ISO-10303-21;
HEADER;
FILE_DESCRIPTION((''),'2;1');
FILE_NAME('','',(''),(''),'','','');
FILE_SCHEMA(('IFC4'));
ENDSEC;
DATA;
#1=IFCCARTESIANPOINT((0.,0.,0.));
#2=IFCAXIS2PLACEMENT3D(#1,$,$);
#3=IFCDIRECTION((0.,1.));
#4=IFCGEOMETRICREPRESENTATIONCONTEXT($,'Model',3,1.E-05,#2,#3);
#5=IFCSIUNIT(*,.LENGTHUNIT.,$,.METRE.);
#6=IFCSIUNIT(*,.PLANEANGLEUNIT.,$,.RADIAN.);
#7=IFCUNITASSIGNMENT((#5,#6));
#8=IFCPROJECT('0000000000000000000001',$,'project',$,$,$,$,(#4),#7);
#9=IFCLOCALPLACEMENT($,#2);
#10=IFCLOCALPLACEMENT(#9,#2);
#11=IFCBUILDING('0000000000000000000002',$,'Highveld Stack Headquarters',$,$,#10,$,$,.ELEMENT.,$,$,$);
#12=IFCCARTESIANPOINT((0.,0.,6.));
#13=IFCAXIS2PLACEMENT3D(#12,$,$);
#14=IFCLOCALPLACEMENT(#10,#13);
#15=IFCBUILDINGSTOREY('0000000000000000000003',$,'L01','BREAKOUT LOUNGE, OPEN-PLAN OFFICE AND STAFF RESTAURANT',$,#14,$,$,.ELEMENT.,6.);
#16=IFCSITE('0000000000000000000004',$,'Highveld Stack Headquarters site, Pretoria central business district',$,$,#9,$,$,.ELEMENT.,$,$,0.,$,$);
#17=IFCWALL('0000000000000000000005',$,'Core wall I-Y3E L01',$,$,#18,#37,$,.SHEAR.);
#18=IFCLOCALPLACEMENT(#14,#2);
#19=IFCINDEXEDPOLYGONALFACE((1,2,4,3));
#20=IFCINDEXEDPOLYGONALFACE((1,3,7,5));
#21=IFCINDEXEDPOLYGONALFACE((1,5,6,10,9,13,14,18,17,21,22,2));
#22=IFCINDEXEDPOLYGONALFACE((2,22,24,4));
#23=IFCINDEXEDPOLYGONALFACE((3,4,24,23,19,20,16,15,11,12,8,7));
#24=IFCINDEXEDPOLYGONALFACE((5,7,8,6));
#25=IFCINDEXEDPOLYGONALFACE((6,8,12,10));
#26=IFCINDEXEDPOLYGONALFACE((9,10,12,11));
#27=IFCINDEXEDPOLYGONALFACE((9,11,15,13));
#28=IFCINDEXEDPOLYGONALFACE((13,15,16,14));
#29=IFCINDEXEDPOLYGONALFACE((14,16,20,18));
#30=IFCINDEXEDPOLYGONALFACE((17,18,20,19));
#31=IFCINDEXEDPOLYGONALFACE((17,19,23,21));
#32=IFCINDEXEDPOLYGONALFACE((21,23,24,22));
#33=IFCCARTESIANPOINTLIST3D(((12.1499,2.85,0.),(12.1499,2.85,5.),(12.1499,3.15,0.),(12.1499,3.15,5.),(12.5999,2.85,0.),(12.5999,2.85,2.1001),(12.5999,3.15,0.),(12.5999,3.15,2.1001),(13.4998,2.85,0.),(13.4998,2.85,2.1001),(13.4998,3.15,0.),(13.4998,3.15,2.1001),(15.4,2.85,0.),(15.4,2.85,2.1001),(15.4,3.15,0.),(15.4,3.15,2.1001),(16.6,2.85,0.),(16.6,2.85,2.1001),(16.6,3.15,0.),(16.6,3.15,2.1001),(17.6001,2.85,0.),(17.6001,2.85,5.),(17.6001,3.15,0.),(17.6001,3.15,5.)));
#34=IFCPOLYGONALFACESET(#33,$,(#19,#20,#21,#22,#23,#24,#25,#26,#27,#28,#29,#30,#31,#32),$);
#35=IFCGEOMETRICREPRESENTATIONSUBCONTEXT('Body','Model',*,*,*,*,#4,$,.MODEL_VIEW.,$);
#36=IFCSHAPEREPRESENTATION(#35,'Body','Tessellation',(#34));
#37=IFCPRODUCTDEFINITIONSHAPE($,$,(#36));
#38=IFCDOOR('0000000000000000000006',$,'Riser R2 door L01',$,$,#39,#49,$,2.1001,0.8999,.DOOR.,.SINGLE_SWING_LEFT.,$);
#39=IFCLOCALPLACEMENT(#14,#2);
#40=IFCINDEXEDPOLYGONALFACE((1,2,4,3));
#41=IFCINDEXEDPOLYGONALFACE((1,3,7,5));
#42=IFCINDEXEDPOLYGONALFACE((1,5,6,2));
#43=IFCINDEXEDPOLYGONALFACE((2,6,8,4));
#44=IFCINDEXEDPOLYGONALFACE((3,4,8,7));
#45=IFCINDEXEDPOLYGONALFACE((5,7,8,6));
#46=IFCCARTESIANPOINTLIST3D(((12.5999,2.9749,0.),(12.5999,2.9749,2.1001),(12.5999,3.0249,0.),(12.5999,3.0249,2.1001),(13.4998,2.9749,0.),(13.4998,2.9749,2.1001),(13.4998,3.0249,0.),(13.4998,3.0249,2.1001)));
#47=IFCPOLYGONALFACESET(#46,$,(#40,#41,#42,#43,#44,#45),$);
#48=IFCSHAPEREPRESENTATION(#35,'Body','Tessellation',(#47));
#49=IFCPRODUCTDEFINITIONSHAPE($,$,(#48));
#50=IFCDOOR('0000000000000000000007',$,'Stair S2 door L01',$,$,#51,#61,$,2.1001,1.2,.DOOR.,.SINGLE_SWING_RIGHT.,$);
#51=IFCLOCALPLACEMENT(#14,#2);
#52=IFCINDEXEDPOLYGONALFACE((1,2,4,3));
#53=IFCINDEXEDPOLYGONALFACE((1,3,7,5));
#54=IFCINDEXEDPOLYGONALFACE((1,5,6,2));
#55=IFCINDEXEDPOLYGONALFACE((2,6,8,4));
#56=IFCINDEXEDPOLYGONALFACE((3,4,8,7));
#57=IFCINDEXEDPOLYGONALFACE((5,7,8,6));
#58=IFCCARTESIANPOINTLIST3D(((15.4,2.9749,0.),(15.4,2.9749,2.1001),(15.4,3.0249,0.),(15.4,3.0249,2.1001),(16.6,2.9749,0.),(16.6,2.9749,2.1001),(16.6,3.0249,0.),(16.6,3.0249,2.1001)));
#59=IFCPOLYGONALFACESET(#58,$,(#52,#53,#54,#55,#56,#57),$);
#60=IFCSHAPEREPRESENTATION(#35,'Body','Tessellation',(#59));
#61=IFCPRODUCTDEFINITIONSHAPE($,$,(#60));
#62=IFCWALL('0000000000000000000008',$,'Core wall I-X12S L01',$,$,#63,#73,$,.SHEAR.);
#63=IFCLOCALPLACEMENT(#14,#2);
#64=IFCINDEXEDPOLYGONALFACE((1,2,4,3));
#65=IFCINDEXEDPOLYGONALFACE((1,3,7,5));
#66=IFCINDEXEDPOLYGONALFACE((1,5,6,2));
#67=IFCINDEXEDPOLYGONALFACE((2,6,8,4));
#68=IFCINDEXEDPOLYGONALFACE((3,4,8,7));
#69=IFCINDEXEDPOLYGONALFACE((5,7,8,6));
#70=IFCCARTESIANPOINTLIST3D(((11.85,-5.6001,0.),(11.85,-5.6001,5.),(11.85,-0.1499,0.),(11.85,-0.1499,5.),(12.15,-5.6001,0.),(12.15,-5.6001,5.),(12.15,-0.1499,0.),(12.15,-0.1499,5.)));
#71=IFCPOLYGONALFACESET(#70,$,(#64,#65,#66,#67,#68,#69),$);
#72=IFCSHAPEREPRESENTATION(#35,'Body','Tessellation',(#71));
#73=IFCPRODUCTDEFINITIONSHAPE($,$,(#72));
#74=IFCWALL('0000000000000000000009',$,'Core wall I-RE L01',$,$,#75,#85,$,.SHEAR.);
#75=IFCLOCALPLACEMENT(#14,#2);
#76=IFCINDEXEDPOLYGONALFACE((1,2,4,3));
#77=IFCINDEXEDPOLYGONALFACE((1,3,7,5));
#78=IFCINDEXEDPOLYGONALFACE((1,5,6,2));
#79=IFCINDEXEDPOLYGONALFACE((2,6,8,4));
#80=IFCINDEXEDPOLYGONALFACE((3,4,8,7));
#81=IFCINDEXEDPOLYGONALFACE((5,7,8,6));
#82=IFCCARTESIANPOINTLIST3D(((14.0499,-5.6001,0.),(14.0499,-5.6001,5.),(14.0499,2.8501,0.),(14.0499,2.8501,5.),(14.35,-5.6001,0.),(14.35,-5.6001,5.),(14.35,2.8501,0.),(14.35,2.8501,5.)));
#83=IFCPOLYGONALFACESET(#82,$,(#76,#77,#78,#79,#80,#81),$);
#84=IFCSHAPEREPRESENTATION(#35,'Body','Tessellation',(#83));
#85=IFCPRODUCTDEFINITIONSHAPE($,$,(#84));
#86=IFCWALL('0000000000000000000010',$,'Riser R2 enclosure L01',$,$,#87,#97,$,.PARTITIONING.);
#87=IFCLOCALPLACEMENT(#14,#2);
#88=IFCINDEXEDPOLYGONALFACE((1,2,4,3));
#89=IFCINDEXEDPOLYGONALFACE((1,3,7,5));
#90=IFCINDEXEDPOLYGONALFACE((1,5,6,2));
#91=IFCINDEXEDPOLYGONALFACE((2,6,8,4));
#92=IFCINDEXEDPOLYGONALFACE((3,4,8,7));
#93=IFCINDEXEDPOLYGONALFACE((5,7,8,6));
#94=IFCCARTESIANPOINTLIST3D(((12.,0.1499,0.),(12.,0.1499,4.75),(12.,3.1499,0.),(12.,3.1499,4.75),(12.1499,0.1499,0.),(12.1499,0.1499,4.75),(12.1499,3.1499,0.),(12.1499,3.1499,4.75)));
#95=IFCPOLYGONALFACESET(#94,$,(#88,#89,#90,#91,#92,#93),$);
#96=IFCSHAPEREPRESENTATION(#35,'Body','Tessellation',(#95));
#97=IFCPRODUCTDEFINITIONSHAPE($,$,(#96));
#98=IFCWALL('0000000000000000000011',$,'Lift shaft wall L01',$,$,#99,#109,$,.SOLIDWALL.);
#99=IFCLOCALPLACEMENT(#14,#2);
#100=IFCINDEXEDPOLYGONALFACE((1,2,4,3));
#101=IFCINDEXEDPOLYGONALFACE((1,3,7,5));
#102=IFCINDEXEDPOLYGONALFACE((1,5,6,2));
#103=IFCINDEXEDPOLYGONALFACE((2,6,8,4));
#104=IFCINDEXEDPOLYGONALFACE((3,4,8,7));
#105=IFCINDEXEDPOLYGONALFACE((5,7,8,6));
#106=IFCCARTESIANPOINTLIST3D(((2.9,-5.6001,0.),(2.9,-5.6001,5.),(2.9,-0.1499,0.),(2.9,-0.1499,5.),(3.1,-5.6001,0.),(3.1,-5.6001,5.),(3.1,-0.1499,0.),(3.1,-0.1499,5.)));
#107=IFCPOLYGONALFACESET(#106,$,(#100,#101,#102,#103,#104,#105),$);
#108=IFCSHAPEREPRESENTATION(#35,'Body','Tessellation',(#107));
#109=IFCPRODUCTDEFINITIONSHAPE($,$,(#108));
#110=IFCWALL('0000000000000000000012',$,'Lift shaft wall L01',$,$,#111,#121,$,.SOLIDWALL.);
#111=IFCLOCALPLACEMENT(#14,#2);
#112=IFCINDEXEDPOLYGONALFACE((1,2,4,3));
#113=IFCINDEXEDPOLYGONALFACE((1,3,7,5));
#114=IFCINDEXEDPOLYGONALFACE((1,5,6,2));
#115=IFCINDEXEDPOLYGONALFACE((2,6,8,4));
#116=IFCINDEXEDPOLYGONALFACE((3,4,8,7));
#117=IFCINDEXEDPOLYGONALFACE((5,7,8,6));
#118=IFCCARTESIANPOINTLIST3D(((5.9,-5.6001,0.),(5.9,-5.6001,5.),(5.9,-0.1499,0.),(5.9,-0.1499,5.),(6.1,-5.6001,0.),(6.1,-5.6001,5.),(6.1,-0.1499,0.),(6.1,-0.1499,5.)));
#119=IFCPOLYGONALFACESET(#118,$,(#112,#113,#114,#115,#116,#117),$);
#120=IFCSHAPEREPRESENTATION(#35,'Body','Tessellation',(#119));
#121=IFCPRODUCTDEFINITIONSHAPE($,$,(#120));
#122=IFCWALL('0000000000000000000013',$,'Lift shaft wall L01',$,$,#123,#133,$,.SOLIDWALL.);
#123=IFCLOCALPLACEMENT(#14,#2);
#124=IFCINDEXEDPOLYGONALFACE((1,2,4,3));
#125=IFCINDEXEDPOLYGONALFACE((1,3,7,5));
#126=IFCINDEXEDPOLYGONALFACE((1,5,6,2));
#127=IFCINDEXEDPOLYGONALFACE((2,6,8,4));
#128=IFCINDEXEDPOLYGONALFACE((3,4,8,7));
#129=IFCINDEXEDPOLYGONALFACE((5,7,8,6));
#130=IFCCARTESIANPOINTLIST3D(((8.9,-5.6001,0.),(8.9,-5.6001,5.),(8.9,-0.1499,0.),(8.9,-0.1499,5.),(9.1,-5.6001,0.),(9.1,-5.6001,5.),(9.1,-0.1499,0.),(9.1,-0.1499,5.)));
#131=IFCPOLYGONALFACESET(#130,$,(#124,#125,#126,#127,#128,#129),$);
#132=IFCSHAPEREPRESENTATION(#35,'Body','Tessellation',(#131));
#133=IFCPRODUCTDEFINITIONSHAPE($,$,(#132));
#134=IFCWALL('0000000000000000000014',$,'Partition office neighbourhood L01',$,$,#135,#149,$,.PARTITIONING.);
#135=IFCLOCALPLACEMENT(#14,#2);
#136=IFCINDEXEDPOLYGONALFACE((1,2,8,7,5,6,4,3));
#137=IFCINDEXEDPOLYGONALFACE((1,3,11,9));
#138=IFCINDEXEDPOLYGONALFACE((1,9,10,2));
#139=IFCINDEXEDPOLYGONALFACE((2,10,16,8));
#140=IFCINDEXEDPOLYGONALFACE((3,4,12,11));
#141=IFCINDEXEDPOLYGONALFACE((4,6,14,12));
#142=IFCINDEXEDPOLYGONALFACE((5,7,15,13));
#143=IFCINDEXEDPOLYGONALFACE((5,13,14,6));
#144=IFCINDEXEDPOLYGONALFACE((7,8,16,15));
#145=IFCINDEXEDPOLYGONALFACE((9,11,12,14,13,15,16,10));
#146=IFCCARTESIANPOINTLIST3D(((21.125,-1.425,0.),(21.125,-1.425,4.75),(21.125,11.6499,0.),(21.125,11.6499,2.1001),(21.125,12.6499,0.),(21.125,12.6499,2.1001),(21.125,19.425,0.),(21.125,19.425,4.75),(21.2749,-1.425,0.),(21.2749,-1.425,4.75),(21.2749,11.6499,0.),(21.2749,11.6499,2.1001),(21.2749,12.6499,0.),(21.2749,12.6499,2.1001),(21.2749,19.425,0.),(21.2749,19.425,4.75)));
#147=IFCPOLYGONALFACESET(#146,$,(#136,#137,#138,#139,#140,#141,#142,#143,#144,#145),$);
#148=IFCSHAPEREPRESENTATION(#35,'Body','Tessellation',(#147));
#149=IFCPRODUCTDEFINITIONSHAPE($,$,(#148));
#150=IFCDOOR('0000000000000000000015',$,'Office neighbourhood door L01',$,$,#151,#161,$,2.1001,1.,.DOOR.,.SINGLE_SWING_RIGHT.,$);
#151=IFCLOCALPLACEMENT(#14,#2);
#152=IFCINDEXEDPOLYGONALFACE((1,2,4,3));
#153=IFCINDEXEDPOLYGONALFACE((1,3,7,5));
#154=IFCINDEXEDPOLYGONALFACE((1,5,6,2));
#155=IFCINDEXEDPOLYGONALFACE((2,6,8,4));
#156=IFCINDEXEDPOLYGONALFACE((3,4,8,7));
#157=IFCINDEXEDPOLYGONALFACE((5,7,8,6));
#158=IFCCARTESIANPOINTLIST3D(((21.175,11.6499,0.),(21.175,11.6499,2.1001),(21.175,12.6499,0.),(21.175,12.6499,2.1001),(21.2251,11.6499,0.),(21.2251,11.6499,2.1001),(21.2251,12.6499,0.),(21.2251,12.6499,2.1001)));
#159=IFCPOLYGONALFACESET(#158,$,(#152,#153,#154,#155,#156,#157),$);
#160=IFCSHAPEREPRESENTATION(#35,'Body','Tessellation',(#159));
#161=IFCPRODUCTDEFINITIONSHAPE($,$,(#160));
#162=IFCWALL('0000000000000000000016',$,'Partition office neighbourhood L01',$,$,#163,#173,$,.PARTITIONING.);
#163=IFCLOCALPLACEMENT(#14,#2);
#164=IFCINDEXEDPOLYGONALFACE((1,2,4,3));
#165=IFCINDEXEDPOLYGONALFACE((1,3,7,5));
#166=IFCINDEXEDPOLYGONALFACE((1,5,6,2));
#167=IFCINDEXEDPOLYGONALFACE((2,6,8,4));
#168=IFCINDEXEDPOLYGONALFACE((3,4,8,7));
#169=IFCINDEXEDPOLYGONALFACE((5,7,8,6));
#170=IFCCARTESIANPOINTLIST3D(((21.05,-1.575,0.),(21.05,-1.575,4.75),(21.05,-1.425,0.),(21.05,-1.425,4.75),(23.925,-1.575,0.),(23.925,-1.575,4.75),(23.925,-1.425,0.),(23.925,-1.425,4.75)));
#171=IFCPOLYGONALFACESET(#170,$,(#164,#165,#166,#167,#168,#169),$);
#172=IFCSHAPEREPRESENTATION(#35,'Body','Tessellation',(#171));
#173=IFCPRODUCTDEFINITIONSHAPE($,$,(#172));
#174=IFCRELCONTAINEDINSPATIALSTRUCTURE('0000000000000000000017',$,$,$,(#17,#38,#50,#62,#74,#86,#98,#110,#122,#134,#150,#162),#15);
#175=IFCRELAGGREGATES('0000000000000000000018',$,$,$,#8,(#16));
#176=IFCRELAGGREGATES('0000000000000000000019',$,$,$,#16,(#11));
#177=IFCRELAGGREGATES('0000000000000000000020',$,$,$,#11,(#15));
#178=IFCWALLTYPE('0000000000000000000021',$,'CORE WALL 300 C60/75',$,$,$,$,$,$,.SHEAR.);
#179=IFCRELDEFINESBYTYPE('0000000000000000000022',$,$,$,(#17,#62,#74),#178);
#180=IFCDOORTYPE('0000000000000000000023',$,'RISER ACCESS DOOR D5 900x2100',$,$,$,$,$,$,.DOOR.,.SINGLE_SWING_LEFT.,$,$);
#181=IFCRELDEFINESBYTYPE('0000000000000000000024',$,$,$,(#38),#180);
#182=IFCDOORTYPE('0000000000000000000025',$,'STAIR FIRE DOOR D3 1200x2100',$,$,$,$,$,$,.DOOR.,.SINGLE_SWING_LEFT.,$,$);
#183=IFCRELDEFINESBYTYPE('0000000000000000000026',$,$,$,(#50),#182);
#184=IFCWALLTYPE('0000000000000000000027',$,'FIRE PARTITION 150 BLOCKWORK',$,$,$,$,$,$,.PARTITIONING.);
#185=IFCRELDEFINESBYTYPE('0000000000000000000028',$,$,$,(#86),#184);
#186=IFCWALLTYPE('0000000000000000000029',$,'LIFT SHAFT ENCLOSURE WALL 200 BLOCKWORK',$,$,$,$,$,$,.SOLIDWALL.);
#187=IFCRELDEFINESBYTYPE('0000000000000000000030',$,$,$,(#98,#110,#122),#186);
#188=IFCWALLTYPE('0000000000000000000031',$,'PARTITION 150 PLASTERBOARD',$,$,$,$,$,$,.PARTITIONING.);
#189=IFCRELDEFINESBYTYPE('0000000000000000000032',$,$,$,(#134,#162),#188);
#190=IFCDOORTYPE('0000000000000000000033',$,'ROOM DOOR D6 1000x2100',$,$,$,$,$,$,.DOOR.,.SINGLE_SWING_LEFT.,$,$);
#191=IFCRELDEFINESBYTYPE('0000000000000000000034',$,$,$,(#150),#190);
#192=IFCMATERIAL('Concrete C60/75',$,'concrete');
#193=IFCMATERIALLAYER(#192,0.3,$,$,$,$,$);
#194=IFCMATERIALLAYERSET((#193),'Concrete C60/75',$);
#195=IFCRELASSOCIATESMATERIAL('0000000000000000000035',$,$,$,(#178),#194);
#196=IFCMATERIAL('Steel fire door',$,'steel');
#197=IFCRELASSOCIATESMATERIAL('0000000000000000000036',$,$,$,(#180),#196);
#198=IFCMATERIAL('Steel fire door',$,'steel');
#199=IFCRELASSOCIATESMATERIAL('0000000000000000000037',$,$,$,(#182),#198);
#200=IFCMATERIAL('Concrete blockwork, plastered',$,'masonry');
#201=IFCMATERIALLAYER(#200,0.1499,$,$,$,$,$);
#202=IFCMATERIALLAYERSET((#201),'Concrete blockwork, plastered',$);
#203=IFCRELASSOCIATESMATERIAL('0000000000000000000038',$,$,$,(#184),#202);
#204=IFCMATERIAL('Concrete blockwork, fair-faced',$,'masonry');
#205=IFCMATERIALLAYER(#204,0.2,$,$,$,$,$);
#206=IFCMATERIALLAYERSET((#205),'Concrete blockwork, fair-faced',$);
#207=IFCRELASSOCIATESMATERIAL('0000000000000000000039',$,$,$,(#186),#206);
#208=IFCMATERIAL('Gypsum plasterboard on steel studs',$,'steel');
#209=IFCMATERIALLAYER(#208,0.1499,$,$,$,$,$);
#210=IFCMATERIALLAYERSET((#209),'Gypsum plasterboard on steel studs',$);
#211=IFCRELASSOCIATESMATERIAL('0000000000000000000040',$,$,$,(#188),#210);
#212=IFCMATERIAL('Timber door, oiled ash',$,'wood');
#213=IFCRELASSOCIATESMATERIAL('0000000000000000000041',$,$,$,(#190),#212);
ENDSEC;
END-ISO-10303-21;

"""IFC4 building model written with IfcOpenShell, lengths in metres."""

from ifc_helpers import new_model, si_unit, direction, frame, frame_2d, origin, place, context, subcontext, project, spatial, rectangle, extrude, material, layer, layer_set, type_object, element, fill, save


model = new_model("IFC4")

# Units and contexts
model_context = context("Model", 3, precision=1e-05, world=origin(), true_north=direction((0.0, 1.0)))
body_context = subcontext(model_context, "Body", "Model", "MODEL_VIEW")
ifc_project = project(units=[si_unit("LENGTHUNIT", "METRE"), si_unit("PLANEANGLEUNIT", "RADIAN")], contexts=[model_context])

# Site, building, storey
site_placement = place(None, origin())
site = spatial("IfcSite", under=ifc_project, at=site_placement, Name="Highveld Stack Headquarters site, Pretoria central business district", CompositionType="ELEMENT", RefElevation=0.0)
building_placement = place(site_placement, origin())
building = spatial("IfcBuilding", under=site, at=building_placement, Name="Highveld Stack Headquarters", CompositionType="ELEMENT")
storey_placement = place(building_placement, frame((0.0, 0.0, 6.0)))
storey = spatial("IfcBuildingStorey", under=building, at=storey_placement, Name="L01", Description="BREAKOUT LOUNGE, OPEN-PLAN OFFICE AND STAFF RESTAURANT", CompositionType="ELEMENT", Elevation=6.0)

# Wall, openings, doors
ifc_material_1 = material(Name="Concrete C60/75", Category="concrete")
ifc_layer_1 = layer(ifc_material_1, 0.3)
ifc_layer_set_1 = layer_set([ifc_layer_1], Name="Concrete C60/75")
wall_type_1 = type_object("IfcWallType", Name="CORE WALL 300 C60/75", PredefinedType="SHEAR", material=ifc_layer_set_1)
wall_1_placement = place(storey_placement, frame((12.1499, 3.0, 0.0), z_axis=(0.0, 0.0, 1.0), x_axis=(1.0, 0.0, 0.0)))
wall_1 = element("IfcWall", 1, at=wall_1_placement, inside=storey, type_object=wall_type_1, Name="Core wall I-Y3E L01", PredefinedType="SHEAR", context=body_context, shape_type="SweptSolid", body=[
    extrude(rectangle(XDim=5.4502, YDim=0.3, at=frame_2d((2.7251, 0.0))), origin(), (0.0, 0.0, 1.0), 5.0),
])
opening_1_placement = place(wall_1_placement, frame((3.25, 0.0, 0.0)))
opening_1 = element("IfcOpeningElement", 2, at=opening_1_placement, cuts=wall_1, PredefinedType="OPENING", context=body_context, shape_type="SweptSolid", body=[
    extrude(rectangle(XDim=1.2, YDim=2.1001, at=frame_2d((0.6001, 1.05))), frame((0.0, 0.1599, 0.0), z_axis=(0.0, -1.0, 0.0), x_axis=(1.0, 0.0, 0.0)), (0.0, 0.0, 1.0), 0.3201),
])
opening_2_placement = place(wall_1_placement, frame((0.45, 0.0, 0.0)))
opening_2 = element("IfcOpeningElement", 3, at=opening_2_placement, cuts=wall_1, PredefinedType="OPENING", context=body_context, shape_type="SweptSolid", body=[
    extrude(rectangle(XDim=0.8999, YDim=2.1001, at=frame_2d((0.45, 1.05))), frame((0.0, 0.1599, 0.0), z_axis=(0.0, -1.0, 0.0), x_axis=(1.0, 0.0, 0.0)), (0.0, 0.0, 1.0), 0.3201),
])
ifc_material_2 = material(Name="Steel fire door", Category="steel")
door_type_1 = type_object("IfcDoorType", Name="RISER ACCESS DOOR D5 900x2100", OperationType="SINGLE_SWING_LEFT", PredefinedType="DOOR", material=ifc_material_2)
door_1_placement = place(opening_2_placement, origin())
door_1 = element("IfcDoor", 4, at=door_1_placement, inside=storey, type_object=door_type_1, Name="Riser R2 door L01", OperationType="SINGLE_SWING_LEFT", OverallHeight=2.1001, OverallWidth=0.8999, PredefinedType="DOOR", context=body_context, shape_type="SweptSolid", body=[
    extrude(rectangle(XDim=0.8999, YDim=2.1001, at=frame_2d((0.45, 1.05))), frame((0.0, 0.0249, 0.0), z_axis=(0.0, -1.0, 0.0), x_axis=(1.0, 0.0, 0.0)), (0.0, 0.0, 1.0), 0.05),
])
fill(opening_2, door_1)
ifc_material_3 = material(Name="Steel fire door", Category="steel")
door_type_2 = type_object("IfcDoorType", Name="STAIR FIRE DOOR D3 1200x2100", OperationType="SINGLE_SWING_LEFT", PredefinedType="DOOR", material=ifc_material_3)
door_2_placement = place(opening_1_placement, origin())
door_2 = element("IfcDoor", 5, at=door_2_placement, inside=storey, type_object=door_type_2, Name="Stair S2 door L01", OperationType="SINGLE_SWING_RIGHT", OverallHeight=2.1001, OverallWidth=1.2, PredefinedType="DOOR", context=body_context, shape_type="SweptSolid", body=[
    extrude(rectangle(XDim=1.2, YDim=2.1001, at=frame_2d((0.6001, 1.05))), frame((0.0, 0.0249, 0.0), z_axis=(0.0, -1.0, 0.0), x_axis=(1.0, 0.0, 0.0)), (0.0, 0.0, 1.0), 0.05),
])
fill(opening_1, door_2)

# Walls
wall_2_placement = place(storey_placement, frame((12.0, -5.6001, 0.0), z_axis=(0.0, 0.0, 1.0), x_axis=(0.0, 1.0, 0.0)))
element("IfcWall", 6, at=wall_2_placement, inside=storey, type_object=wall_type_1, Name="Core wall I-X12S L01", PredefinedType="SHEAR", context=body_context, shape_type="SweptSolid", body=[
    extrude(rectangle(XDim=5.4502, YDim=0.3, at=frame_2d((2.7251, 0.0))), origin(), (0.0, 0.0, 1.0), 5.0),
])
wall_3_placement = place(storey_placement, frame((14.2, -5.6001, 0.0), z_axis=(0.0, 0.0, 1.0), x_axis=(0.0, 1.0, 0.0)))
element("IfcWall", 7, at=wall_3_placement, inside=storey, type_object=wall_type_1, Name="Core wall I-RE L01", PredefinedType="SHEAR", context=body_context, shape_type="SweptSolid", body=[
    extrude(rectangle(XDim=8.4502, YDim=0.3, at=frame_2d((4.2251, 0.0))), origin(), (0.0, 0.0, 1.0), 5.0),
])
ifc_material_4 = material(Name="Concrete blockwork, plastered", Category="masonry")
ifc_layer_2 = layer(ifc_material_4, 0.1499)
ifc_layer_set_2 = layer_set([ifc_layer_2], Name="Concrete blockwork, plastered")
wall_type_2 = type_object("IfcWallType", Name="FIRE PARTITION 150 BLOCKWORK", PredefinedType="PARTITIONING", material=ifc_layer_set_2)
wall_4_placement = place(storey_placement, frame((12.075, 0.1499, 0.0), z_axis=(0.0, 0.0, 1.0), x_axis=(0.0, 1.0, 0.0)))
element("IfcWall", 8, at=wall_4_placement, inside=storey, type_object=wall_type_2, Name="Riser R2 enclosure L01", PredefinedType="PARTITIONING", context=body_context, shape_type="SweptSolid", body=[
    extrude(rectangle(XDim=3.0, YDim=0.1499, at=frame_2d((1.5, 0.0))), origin(), (0.0, 0.0, 1.0), 4.75),
])
ifc_material_5 = material(Name="Concrete blockwork, fair-faced", Category="masonry")
ifc_layer_3 = layer(ifc_material_5, 0.2)
ifc_layer_set_3 = layer_set([ifc_layer_3], Name="Concrete blockwork, fair-faced")
wall_type_3 = type_object("IfcWallType", Name="LIFT SHAFT ENCLOSURE WALL 200 BLOCKWORK", PredefinedType="SOLIDWALL", material=ifc_layer_set_3)
for number, where, z_axis, x_axis, name in (
    (9, (3.0, -5.6001, 0.0), (0.0, 0.0, 1.0), (0.0, 1.0, 0.0), "Lift shaft wall L01"),
    (10, (6.0, -5.6001, 0.0), (0.0, 0.0, 1.0), (0.0, 1.0, 0.0), "Lift shaft wall L01"),
    (11, (9.0, -5.6001, 0.0), (0.0, 0.0, 1.0), (0.0, 1.0, 0.0), "Lift shaft wall L01"),
):
    element("IfcWall", number, at=place(storey_placement, frame(where, z_axis=z_axis, x_axis=x_axis)), inside=storey, type_object=wall_type_3, Name=name, PredefinedType="SOLIDWALL", context=body_context, shape_type="SweptSolid", body=[
        extrude(rectangle(XDim=5.4502, YDim=0.2, at=frame_2d((2.7251, 0.0))), origin(), (0.0, 0.0, 1.0), 5.0),
    ])

# Wall, opening, door
ifc_material_6 = material(Name="Gypsum plasterboard on steel studs", Category="steel")
ifc_layer_4 = layer(ifc_material_6, 0.1499)
ifc_layer_set_4 = layer_set([ifc_layer_4], Name="Gypsum plasterboard on steel studs")
wall_type_4 = type_object("IfcWallType", Name="PARTITION 150 PLASTERBOARD", PredefinedType="PARTITIONING", material=ifc_layer_set_4)
wall_5_placement = place(storey_placement, frame((21.2, -1.425, 0.0), z_axis=(0.0, 0.0, 1.0), x_axis=(0.0, 1.0, 0.0)))
wall_5 = element("IfcWall", 12, at=wall_5_placement, inside=storey, type_object=wall_type_4, Name="Partition office neighbourhood L01", PredefinedType="PARTITIONING", context=body_context, shape_type="SweptSolid", body=[
    extrude(rectangle(XDim=20.8501, YDim=0.1499, at=frame_2d((10.425, 0.0))), origin(), (0.0, 0.0, 1.0), 4.75),
])
opening_3_placement = place(wall_5_placement, frame((13.075, 0.0, 0.0)))
opening_3 = element("IfcOpeningElement", 13, at=opening_3_placement, cuts=wall_5, PredefinedType="OPENING", context=body_context, shape_type="SweptSolid", body=[
    extrude(rectangle(XDim=1.0, YDim=2.1001, at=frame_2d((0.5, 1.05))), frame((0.0, 0.085, 0.0), z_axis=(0.0, -1.0, 0.0), x_axis=(1.0, 0.0, 0.0)), (0.0, 0.0, 1.0), 0.1699),
])
ifc_material_7 = material(Name="Timber door, oiled ash", Category="wood")
door_type_3 = type_object("IfcDoorType", Name="ROOM DOOR D6 1000x2100", OperationType="SINGLE_SWING_LEFT", PredefinedType="DOOR", material=ifc_material_7)
door_3_placement = place(opening_3_placement, origin())
door_3 = element("IfcDoor", 14, at=door_3_placement, inside=storey, type_object=door_type_3, Name="Office neighbourhood door L01", OperationType="SINGLE_SWING_RIGHT", OverallHeight=2.1001, OverallWidth=1.0, PredefinedType="DOOR", context=body_context, shape_type="SweptSolid", body=[
    extrude(rectangle(XDim=1.0, YDim=2.1001, at=frame_2d((0.5, 1.05))), frame((0.0, 0.0249, 0.0), z_axis=(0.0, -1.0, 0.0), x_axis=(1.0, 0.0, 0.0)), (0.0, 0.0, 1.0), 0.05),
])
fill(opening_3, door_3)

# Wall
wall_6_placement = place(storey_placement, frame((21.05, -1.5, 0.0), z_axis=(0.0, 0.0, 1.0), x_axis=(1.0, 0.0, 0.0)))
element("IfcWall", 15, at=wall_6_placement, inside=storey, type_object=wall_type_4, Name="Partition office neighbourhood L01", PredefinedType="PARTITIONING", context=body_context, shape_type="SweptSolid", body=[
    extrude(rectangle(XDim=2.875, YDim=0.1499, at=frame_2d((1.4375, 0.0))), origin(), (0.0, 0.0, 1.0), 4.75),
])

save(model, "model.ifc")
